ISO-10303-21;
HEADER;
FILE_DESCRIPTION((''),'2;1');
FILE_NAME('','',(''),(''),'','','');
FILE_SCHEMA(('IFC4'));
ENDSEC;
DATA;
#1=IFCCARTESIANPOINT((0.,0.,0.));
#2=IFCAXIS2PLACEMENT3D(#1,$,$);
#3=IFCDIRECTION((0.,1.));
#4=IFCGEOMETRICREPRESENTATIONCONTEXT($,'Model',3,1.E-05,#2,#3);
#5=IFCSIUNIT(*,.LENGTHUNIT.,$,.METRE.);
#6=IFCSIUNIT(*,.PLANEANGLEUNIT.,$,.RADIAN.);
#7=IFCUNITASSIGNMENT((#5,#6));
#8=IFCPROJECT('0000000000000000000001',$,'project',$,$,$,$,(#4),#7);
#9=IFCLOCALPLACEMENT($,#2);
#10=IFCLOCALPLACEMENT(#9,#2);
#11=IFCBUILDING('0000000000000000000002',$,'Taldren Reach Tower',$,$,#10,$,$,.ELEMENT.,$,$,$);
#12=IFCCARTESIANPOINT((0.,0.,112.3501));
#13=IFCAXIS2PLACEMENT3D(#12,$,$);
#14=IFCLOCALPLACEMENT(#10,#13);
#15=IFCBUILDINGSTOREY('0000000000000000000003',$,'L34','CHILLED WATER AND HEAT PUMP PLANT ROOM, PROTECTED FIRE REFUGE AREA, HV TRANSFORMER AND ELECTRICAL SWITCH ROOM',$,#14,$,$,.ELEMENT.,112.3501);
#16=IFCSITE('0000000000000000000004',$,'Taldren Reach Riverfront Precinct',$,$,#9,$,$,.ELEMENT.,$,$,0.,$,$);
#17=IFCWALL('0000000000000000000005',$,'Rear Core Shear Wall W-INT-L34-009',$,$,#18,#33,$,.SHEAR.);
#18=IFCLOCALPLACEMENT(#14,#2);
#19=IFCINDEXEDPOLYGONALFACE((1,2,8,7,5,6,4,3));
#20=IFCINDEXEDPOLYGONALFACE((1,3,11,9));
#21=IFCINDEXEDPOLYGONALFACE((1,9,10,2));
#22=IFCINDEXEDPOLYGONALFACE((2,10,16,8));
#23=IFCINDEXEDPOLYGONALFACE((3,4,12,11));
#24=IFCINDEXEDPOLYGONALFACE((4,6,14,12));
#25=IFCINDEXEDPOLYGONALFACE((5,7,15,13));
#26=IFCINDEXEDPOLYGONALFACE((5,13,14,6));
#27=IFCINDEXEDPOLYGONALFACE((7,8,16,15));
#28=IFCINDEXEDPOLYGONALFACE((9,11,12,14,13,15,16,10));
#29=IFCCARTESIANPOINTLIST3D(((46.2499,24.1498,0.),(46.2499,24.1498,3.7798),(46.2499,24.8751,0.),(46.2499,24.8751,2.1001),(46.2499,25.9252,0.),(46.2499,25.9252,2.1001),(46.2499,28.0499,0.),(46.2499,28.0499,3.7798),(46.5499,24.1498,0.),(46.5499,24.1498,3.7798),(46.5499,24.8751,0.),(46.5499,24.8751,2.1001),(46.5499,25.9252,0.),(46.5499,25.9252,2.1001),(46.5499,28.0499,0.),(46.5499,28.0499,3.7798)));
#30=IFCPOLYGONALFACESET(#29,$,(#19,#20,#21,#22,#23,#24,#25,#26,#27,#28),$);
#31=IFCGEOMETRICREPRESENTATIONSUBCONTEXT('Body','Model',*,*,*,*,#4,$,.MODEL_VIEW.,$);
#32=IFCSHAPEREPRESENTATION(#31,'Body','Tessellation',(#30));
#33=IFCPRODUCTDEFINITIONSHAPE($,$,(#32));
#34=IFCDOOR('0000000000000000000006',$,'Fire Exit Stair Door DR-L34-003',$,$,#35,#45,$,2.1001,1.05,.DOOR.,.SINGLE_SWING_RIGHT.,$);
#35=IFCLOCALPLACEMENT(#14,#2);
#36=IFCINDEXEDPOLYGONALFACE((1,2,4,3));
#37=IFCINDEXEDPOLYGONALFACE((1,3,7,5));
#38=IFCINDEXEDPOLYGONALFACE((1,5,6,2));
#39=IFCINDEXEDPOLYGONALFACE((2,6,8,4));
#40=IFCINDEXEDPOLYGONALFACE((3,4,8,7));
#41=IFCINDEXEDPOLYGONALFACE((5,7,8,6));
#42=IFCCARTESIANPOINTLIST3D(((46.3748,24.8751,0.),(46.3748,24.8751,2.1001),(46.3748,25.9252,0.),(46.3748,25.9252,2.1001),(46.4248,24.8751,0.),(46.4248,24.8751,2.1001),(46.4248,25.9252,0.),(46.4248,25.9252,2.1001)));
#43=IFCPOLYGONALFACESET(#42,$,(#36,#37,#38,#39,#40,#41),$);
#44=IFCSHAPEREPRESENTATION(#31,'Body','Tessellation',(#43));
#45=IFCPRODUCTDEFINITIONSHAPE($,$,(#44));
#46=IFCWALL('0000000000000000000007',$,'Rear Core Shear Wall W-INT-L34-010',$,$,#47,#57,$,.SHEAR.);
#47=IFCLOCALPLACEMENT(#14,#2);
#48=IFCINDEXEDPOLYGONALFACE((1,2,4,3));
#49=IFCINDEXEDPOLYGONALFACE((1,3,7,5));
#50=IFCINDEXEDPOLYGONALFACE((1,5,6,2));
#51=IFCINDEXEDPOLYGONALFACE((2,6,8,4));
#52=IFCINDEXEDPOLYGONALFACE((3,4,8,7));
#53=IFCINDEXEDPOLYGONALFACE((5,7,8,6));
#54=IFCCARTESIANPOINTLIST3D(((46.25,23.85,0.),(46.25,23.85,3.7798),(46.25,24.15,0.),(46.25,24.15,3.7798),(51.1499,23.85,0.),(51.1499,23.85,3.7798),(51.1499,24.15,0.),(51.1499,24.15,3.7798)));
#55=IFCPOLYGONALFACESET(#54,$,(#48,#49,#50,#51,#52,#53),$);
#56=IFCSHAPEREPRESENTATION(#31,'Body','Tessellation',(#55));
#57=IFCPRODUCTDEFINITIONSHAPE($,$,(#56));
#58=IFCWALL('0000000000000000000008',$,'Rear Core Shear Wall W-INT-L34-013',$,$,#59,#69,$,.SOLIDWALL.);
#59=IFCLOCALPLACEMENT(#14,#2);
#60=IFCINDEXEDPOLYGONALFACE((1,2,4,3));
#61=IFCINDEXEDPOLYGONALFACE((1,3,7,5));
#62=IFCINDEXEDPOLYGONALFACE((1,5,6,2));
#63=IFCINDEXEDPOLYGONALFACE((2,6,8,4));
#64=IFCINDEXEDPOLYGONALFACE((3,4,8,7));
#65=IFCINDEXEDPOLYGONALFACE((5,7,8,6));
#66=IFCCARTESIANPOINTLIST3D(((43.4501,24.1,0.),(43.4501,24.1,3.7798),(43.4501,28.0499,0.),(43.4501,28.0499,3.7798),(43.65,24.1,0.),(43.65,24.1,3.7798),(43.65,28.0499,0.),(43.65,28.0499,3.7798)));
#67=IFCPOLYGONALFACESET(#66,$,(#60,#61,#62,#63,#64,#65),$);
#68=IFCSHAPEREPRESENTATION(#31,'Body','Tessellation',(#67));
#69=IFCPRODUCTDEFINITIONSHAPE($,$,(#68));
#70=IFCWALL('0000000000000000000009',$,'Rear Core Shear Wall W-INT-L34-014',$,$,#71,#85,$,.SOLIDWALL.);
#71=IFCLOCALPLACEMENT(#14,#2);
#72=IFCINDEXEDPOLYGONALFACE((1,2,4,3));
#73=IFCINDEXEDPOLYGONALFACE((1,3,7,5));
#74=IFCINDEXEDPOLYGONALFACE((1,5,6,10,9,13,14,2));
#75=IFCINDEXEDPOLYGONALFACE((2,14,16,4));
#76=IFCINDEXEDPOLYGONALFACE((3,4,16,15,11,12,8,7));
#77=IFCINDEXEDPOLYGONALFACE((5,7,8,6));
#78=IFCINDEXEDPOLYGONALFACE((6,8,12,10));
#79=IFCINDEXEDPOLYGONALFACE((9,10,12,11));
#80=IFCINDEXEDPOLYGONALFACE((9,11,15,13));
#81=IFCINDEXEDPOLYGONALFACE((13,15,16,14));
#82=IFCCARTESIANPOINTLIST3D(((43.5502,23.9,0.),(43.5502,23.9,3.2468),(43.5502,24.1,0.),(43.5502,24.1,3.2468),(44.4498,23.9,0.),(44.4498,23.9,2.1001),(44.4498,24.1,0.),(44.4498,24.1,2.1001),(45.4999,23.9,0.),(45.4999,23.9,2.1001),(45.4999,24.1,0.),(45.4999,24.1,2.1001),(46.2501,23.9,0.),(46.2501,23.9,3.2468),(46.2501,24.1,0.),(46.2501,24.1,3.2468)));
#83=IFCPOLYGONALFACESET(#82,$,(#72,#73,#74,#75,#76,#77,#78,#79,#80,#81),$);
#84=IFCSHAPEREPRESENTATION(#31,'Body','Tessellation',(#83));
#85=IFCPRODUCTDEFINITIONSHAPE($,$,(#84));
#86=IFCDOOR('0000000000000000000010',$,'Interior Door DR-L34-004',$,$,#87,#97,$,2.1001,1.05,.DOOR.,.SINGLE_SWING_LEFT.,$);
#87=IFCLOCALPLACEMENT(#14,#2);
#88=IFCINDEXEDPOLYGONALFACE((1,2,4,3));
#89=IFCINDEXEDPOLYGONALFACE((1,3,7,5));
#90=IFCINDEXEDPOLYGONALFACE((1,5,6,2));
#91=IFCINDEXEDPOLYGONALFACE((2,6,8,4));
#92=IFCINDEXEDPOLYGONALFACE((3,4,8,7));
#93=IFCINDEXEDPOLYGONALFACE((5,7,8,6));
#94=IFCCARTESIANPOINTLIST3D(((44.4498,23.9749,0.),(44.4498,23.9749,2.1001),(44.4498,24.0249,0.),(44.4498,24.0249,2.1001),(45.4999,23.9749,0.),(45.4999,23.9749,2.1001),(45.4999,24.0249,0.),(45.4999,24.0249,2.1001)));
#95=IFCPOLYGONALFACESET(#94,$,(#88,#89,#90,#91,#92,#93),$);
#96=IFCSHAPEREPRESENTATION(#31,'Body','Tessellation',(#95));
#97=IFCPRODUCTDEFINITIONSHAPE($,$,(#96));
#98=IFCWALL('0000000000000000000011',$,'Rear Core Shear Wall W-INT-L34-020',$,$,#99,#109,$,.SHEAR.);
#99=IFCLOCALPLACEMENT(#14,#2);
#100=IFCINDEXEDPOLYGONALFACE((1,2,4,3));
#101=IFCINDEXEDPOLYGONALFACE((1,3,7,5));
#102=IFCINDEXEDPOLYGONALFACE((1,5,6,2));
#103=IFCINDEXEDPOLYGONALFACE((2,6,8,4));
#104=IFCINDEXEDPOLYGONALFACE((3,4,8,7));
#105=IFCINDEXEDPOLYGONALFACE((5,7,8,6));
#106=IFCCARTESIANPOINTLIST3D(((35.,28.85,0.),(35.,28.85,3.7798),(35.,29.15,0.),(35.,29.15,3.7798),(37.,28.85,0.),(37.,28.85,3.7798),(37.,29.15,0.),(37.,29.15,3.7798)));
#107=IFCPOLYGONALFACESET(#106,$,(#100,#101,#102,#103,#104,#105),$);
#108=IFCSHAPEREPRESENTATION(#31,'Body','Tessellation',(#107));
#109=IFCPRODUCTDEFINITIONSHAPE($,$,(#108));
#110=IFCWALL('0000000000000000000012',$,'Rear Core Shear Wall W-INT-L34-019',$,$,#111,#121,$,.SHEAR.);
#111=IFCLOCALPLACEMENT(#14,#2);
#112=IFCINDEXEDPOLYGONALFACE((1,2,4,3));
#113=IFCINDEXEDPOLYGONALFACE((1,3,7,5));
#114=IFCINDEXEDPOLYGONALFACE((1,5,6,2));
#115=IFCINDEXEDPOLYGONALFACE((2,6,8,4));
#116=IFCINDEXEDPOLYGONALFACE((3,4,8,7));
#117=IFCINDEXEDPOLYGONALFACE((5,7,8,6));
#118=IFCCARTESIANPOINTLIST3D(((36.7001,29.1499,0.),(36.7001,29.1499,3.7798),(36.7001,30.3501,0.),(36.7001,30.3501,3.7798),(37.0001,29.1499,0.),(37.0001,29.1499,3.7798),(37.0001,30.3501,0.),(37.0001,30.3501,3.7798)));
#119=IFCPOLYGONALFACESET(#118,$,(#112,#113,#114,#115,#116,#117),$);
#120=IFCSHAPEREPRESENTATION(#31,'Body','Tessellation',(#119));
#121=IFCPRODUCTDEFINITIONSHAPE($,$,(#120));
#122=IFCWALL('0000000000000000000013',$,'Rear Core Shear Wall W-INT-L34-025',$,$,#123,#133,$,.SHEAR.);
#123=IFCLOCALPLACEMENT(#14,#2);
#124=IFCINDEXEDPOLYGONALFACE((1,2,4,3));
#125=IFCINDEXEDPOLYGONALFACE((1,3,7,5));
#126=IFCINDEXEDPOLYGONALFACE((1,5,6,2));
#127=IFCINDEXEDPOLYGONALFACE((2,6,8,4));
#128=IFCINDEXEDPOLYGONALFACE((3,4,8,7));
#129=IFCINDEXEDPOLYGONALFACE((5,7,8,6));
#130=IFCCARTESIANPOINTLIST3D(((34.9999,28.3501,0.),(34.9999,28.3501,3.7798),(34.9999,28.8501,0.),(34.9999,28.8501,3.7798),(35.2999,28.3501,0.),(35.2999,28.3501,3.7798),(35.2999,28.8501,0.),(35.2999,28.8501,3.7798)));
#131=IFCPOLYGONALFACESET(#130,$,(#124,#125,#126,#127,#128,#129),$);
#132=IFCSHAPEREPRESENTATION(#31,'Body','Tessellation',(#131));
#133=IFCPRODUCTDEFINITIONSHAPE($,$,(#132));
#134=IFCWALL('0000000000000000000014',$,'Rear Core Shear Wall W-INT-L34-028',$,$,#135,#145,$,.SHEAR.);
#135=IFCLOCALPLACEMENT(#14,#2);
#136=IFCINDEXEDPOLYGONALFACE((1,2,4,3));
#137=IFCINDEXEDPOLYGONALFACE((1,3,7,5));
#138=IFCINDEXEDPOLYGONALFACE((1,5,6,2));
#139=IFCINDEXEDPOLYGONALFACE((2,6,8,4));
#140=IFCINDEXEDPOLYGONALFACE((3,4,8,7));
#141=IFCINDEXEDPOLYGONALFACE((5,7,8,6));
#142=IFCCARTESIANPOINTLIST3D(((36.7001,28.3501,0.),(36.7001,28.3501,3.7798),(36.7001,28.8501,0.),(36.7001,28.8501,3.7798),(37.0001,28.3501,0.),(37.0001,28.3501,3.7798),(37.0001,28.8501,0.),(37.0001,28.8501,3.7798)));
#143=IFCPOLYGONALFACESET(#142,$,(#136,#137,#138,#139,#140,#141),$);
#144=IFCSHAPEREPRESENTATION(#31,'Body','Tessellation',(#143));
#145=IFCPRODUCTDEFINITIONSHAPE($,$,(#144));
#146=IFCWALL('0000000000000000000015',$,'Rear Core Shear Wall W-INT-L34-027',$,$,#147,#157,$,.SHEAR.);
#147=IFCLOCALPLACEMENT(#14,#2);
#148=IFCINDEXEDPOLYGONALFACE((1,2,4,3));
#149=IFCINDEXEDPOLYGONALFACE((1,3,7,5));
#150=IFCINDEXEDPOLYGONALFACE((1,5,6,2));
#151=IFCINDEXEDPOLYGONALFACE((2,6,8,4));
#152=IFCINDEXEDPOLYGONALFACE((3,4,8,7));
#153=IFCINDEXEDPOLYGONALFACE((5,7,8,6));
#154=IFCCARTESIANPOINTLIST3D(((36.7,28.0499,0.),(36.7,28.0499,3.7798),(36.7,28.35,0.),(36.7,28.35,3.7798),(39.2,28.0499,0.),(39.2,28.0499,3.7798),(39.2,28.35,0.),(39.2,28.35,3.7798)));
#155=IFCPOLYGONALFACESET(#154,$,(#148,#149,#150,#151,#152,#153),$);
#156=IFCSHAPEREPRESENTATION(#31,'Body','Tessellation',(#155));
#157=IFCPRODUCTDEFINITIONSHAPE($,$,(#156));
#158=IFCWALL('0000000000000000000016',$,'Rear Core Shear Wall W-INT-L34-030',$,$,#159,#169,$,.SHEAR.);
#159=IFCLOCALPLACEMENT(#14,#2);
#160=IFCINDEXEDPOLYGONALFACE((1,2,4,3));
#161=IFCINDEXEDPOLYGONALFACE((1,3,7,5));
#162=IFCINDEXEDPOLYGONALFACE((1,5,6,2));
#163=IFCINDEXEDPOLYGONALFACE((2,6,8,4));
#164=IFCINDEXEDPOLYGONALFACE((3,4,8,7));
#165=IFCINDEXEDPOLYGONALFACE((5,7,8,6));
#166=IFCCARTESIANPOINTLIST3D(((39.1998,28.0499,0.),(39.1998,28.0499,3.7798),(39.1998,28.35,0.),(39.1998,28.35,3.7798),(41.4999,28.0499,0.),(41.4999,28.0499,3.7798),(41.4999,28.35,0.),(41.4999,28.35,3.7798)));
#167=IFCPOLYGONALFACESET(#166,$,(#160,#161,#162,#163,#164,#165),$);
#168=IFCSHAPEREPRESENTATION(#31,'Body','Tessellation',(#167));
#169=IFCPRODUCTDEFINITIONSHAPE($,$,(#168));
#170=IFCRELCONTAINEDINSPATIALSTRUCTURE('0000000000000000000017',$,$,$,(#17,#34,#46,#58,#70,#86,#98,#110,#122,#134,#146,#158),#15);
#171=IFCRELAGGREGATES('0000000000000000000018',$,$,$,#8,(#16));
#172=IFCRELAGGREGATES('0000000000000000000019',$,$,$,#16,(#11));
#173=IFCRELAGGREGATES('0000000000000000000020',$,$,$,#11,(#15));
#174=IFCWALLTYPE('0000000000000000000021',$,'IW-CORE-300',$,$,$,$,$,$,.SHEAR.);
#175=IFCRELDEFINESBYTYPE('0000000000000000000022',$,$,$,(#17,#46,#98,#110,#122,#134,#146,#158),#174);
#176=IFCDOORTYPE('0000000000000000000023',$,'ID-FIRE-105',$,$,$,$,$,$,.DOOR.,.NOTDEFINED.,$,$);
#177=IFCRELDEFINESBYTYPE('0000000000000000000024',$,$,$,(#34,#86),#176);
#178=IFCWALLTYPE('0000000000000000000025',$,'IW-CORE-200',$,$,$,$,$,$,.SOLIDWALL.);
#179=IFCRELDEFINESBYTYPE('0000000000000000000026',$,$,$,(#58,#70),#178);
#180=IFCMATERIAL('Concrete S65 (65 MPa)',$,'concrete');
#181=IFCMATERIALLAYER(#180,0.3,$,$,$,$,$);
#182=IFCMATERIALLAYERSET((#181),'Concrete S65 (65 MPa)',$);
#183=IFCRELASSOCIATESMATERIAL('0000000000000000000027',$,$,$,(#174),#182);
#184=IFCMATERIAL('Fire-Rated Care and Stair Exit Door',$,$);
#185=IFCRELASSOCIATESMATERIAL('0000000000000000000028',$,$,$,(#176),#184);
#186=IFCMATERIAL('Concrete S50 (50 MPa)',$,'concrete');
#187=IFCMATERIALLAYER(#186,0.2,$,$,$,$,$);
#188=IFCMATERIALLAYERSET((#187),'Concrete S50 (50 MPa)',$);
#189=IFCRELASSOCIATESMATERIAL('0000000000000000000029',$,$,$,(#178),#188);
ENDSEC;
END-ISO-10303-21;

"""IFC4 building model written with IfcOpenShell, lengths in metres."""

from ifc_helpers import new_model, si_unit, direction, frame, frame_2d, origin, place, context, subcontext, project, spatial, rectangle, extrude, source, transform, mapped, material, layer, layer_set, type_object, element, fill, save


model = new_model("IFC4")

# Units and contexts
model_context = context("Model", 3, precision=1e-05, world=origin(), true_north=direction((0.0, 1.0)))
body_context = subcontext(model_context, "Body", "Model", "MODEL_VIEW")
ifc_project = project(units=[si_unit("LENGTHUNIT", "METRE"), si_unit("PLANEANGLEUNIT", "RADIAN")], contexts=[model_context])

# Site, building, storey
site_placement = place(None, origin())
site = spatial("IfcSite", under=ifc_project, at=site_placement, Name="Taldren Reach Riverfront Precinct", CompositionType="ELEMENT", RefElevation=0.0)
building_placement = place(site_placement, origin())
building = spatial("IfcBuilding", under=site, at=building_placement, Name="Taldren Reach Tower", CompositionType="ELEMENT")
storey_placement = place(building_placement, frame((0.0, 0.0, 112.3501)))
storey = spatial("IfcBuildingStorey", under=building, at=storey_placement, Name="L34", Description="CHILLED WATER AND HEAT PUMP PLANT ROOM, PROTECTED FIRE REFUGE AREA, HV TRANSFORMER AND ELECTRICAL SWITCH ROOM", CompositionType="ELEMENT", Elevation=112.3501)

# Shared definitions
ifc_material_1 = material(Name="Concrete S65 (65 MPa)", Category="concrete")
ifc_layer_1 = layer(ifc_material_1, 0.3)
ifc_layer_set_1 = layer_set([ifc_layer_1], Name="Concrete S65 (65 MPa)")
wall_type_1 = type_object("IfcWallType", Name="IW-CORE-300", PredefinedType="SHEAR", material=ifc_layer_set_1)

# Wall, opening, door
shared_shape_1 = source(origin(), body_context, "Body", "SweptSolid", [
    extrude(rectangle(XDim=3.9001, YDim=0.3, at=frame_2d((1.9502, 0.0))), origin(), (0.0, 0.0, 1.0), 3.7798),
])
wall_1_placement = place(storey_placement, frame((46.3999, 28.05, 0.0), z_axis=(0.0, 0.0, 1.0), x_axis=(0.0, -1.0, 0.0)))
wall_1 = element("IfcWall", 1, at=wall_1_placement, inside=storey, type_object=wall_type_1, Name="Rear Core Shear Wall W-INT-L34-009", PredefinedType="SHEAR", context=body_context, shape_type="MappedRepresentation", body=[
    mapped(shared_shape_1, transform((0.0, 0.0, 0.0), scale=1.0)),
])
shared_shape_2 = source(origin(), body_context, "Body", "SweptSolid", [
    extrude(rectangle(XDim=1.05, YDim=2.1001, at=frame_2d((0.5249, 1.05))), frame((0.0, 0.1602, 0.0), z_axis=(0.0, -1.0, 0.0), x_axis=(1.0, 0.0, 0.0)), (0.0, 0.0, 1.0), 0.3201),
])
opening_1_placement = place(wall_1_placement, frame((2.125, 0.0, 0.0)))
opening_1 = element("IfcOpeningElement", 2, at=opening_1_placement, cuts=wall_1, PredefinedType="OPENING", context=body_context, shape_type="MappedRepresentation", body=[
    mapped(shared_shape_2, transform((0.0, 0.0, 0.0), scale=1.0)),
])
ifc_material_2 = material(Name="Fire-Rated Care and Stair Exit Door")
door_type_1 = type_object("IfcDoorType", Name="ID-FIRE-105", OperationType="NOTDEFINED", PredefinedType="DOOR", material=ifc_material_2)
shared_shape_3 = source(origin(), body_context, "Body", "SweptSolid", [
    extrude(rectangle(XDim=1.05, YDim=2.1001, at=frame_2d((0.5249, 1.05))), frame((0.0, 0.0249, 0.0), z_axis=(0.0, -1.0, 0.0), x_axis=(1.0, 0.0, 0.0)), (0.0, 0.0, 1.0), 0.05),
])
door_1_placement = place(opening_1_placement, origin())
door_1 = element("IfcDoor", 3, at=door_1_placement, inside=storey, type_object=door_type_1, Name="Fire Exit Stair Door DR-L34-003", OperationType="SINGLE_SWING_RIGHT", OverallHeight=2.1001, OverallWidth=1.05, PredefinedType="DOOR", context=body_context, shape_type="MappedRepresentation", body=[
    mapped(shared_shape_3, transform((0.0, 0.0, 0.0), scale=1.0)),
])
fill(opening_1, door_1)

# Wall
shared_shape_4 = source(origin(), body_context, "Body", "SweptSolid", [
    extrude(rectangle(XDim=4.8999, YDim=0.3, at=frame_2d((2.45, 0.0))), origin(), (0.0, 0.0, 1.0), 3.7798),
])
wall_2_placement = place(storey_placement, frame((46.25, 24.0, 0.0), z_axis=(0.0, 0.0, 1.0), x_axis=(1.0, 0.0, 0.0)))
element("IfcWall", 4, at=wall_2_placement, inside=storey, type_object=wall_type_1, Name="Rear Core Shear Wall W-INT-L34-010", PredefinedType="SHEAR", context=body_context, shape_type="MappedRepresentation", body=[
    mapped(shared_shape_4, transform((0.0, 0.0, 0.0), scale=1.0)),
])

# Wall
ifc_material_3 = material(Name="Concrete S50 (50 MPa)", Category="concrete")
ifc_layer_2 = layer(ifc_material_3, 0.2)
ifc_layer_set_2 = layer_set([ifc_layer_2], Name="Concrete S50 (50 MPa)")
wall_type_2 = type_object("IfcWallType", Name="IW-CORE-200", PredefinedType="SOLIDWALL", material=ifc_layer_set_2)
shared_shape_5 = source(origin(), body_context, "Body", "SweptSolid", [
    extrude(rectangle(XDim=3.95, YDim=0.2, at=frame_2d((1.9751, 0.0))), origin(), (0.0, 0.0, 1.0), 3.7798),
])
wall_3_placement = place(storey_placement, frame((43.55, 28.05, 0.0), z_axis=(0.0, 0.0, 1.0), x_axis=(0.0, -1.0, 0.0)))
element("IfcWall", 5, at=wall_3_placement, inside=storey, type_object=wall_type_2, Name="Rear Core Shear Wall W-INT-L34-013", PredefinedType="SOLIDWALL", context=body_context, shape_type="MappedRepresentation", body=[
    mapped(shared_shape_5, transform((0.0, 0.0, 0.0), scale=1.0)),
])

# Wall, opening, door
shared_shape_6 = source(origin(), body_context, "Body", "SweptSolid", [
    extrude(rectangle(XDim=2.7, YDim=0.2, at=frame_2d((1.3501, 0.0))), origin(), (0.0, 0.0, 1.0), 3.2468),
])
wall_4_placement = place(storey_placement, frame((43.55, 24.0, 0.0), z_axis=(0.0, 0.0, 1.0), x_axis=(1.0, 0.0, 0.0)))
wall_4 = element("IfcWall", 6, at=wall_4_placement, inside=storey, type_object=wall_type_2, Name="Rear Core Shear Wall W-INT-L34-014", PredefinedType="SOLIDWALL", context=body_context, shape_type="MappedRepresentation", body=[
    mapped(shared_shape_6, transform((0.0, 0.0, 0.0), scale=1.0)),
])
shared_shape_7 = source(origin(), body_context, "Body", "SweptSolid", [
    extrude(rectangle(XDim=1.05, YDim=2.1001, at=frame_2d((0.5249, 1.05))), frame((0.0, 0.1099, 0.0), z_axis=(0.0, -1.0, 0.0), x_axis=(1.0, 0.0, 0.0)), (0.0, 0.0, 1.0), 0.22),
])
opening_2_placement = place(wall_4_placement, frame((0.8999, 0.0, 0.0)))
opening_2 = element("IfcOpeningElement", 7, at=opening_2_placement, cuts=wall_4, PredefinedType="OPENING", context=body_context, shape_type="MappedRepresentation", body=[
    mapped(shared_shape_7, transform((0.0, 0.0, 0.0), scale=1.0)),
])
door_2_placement = place(opening_2_placement, origin())
door_2 = element("IfcDoor", 8, at=door_2_placement, inside=storey, type_object=door_type_1, Name="Interior Door DR-L34-004", OperationType="SINGLE_SWING_LEFT", OverallHeight=2.1001, OverallWidth=1.05, PredefinedType="DOOR", context=body_context, shape_type="MappedRepresentation", body=[
    mapped(shared_shape_3, transform((0.0, 0.0, 0.0), scale=1.0)),
])
fill(opening_2, door_2)

# Walls
shared_shape_8 = source(origin(), body_context, "Body", "SweptSolid", [
    extrude(rectangle(XDim=2.0, YDim=0.3, at=frame_2d((1.0, 0.0))), origin(), (0.0, 0.0, 1.0), 3.7798),
])
wall_5_placement = place(storey_placement, frame((35.0, 29.0, 0.0), z_axis=(0.0, 0.0, 1.0), x_axis=(1.0, 0.0, 0.0)))
element("IfcWall", 9, at=wall_5_placement, inside=storey, type_object=wall_type_1, Name="Rear Core Shear Wall W-INT-L34-020", PredefinedType="SHEAR", context=body_context, shape_type="MappedRepresentation", body=[
    mapped(shared_shape_8, transform((0.0, 0.0, 0.0), scale=1.0)),
])
shared_shape_9 = source(origin(), body_context, "Body", "SweptSolid", [
    extrude(rectangle(XDim=1.2002, YDim=0.3, at=frame_2d((0.6001, 0.0))), origin(), (0.0, 0.0, 1.0), 3.7798),
])
wall_6_placement = place(storey_placement, frame((36.8501, 29.1499, 0.0), z_axis=(0.0, 0.0, 1.0), x_axis=(0.0, 1.0, 0.0)))
element("IfcWall", 10, at=wall_6_placement, inside=storey, type_object=wall_type_1, Name="Rear Core Shear Wall W-INT-L34-019", PredefinedType="SHEAR", context=body_context, shape_type="MappedRepresentation", body=[
    mapped(shared_shape_9, transform((0.0, 0.0, 0.0), scale=1.0)),
])
shared_shape_10 = source(origin(), body_context, "Body", "SweptSolid", [
    extrude(rectangle(XDim=0.5, YDim=0.3, at=frame_2d((0.25, 0.0))), origin(), (0.0, 0.0, 1.0), 3.7798),
])
for number, where, z_axis, x_axis, name in (
    (11, (35.1499, 28.3501, 0.0), (0.0, 0.0, 1.0), (0.0, 1.0, 0.0), "Rear Core Shear Wall W-INT-L34-025"),
    (12, (36.8501, 28.8501, 0.0), (0.0, 0.0, 1.0), (0.0, -1.0, 0.0), "Rear Core Shear Wall W-INT-L34-028"),
):
    element("IfcWall", number, at=place(storey_placement, frame(where, z_axis=z_axis, x_axis=x_axis)), inside=storey, type_object=wall_type_1, Name=name, PredefinedType="SHEAR", context=body_context, shape_type="MappedRepresentation", body=[
        mapped(shared_shape_10, transform((0.0, 0.0, 0.0), scale=1.0)),
    ])
shared_shape_11 = source(origin(), body_context, "Body", "SweptSolid", [
    extrude(rectangle(XDim=2.5, YDim=0.3, at=frame_2d((1.25, 0.0))), origin(), (0.0, 0.0, 1.0), 3.7798),
])
wall_7_placement = place(storey_placement, frame((36.7, 28.2, 0.0), z_axis=(0.0, 0.0, 1.0), x_axis=(1.0, 0.0, 0.0)))
element("IfcWall", 13, at=wall_7_placement, inside=storey, type_object=wall_type_1, Name="Rear Core Shear Wall W-INT-L34-027", PredefinedType="SHEAR", context=body_context, shape_type="MappedRepresentation", body=[
    mapped(shared_shape_11, transform((0.0, 0.0, 0.0), scale=1.0)),
])
shared_shape_12 = source(origin(), body_context, "Body", "SweptSolid", [
    extrude(rectangle(XDim=2.3, YDim=0.3, at=frame_2d((1.1499, 0.0))), origin(), (0.0, 0.0, 1.0), 3.7798),
])
wall_8_placement = place(storey_placement, frame((39.2, 28.2, 0.0), z_axis=(0.0, 0.0, 1.0), x_axis=(1.0, 0.0, 0.0)))
element("IfcWall", 14, at=wall_8_placement, inside=storey, type_object=wall_type_1, Name="Rear Core Shear Wall W-INT-L34-030", PredefinedType="SHEAR", context=body_context, shape_type="MappedRepresentation", body=[
    mapped(shared_shape_12, transform((0.0, 0.0, 0.0), scale=1.0)),
])

save(model, "model.ifc")
